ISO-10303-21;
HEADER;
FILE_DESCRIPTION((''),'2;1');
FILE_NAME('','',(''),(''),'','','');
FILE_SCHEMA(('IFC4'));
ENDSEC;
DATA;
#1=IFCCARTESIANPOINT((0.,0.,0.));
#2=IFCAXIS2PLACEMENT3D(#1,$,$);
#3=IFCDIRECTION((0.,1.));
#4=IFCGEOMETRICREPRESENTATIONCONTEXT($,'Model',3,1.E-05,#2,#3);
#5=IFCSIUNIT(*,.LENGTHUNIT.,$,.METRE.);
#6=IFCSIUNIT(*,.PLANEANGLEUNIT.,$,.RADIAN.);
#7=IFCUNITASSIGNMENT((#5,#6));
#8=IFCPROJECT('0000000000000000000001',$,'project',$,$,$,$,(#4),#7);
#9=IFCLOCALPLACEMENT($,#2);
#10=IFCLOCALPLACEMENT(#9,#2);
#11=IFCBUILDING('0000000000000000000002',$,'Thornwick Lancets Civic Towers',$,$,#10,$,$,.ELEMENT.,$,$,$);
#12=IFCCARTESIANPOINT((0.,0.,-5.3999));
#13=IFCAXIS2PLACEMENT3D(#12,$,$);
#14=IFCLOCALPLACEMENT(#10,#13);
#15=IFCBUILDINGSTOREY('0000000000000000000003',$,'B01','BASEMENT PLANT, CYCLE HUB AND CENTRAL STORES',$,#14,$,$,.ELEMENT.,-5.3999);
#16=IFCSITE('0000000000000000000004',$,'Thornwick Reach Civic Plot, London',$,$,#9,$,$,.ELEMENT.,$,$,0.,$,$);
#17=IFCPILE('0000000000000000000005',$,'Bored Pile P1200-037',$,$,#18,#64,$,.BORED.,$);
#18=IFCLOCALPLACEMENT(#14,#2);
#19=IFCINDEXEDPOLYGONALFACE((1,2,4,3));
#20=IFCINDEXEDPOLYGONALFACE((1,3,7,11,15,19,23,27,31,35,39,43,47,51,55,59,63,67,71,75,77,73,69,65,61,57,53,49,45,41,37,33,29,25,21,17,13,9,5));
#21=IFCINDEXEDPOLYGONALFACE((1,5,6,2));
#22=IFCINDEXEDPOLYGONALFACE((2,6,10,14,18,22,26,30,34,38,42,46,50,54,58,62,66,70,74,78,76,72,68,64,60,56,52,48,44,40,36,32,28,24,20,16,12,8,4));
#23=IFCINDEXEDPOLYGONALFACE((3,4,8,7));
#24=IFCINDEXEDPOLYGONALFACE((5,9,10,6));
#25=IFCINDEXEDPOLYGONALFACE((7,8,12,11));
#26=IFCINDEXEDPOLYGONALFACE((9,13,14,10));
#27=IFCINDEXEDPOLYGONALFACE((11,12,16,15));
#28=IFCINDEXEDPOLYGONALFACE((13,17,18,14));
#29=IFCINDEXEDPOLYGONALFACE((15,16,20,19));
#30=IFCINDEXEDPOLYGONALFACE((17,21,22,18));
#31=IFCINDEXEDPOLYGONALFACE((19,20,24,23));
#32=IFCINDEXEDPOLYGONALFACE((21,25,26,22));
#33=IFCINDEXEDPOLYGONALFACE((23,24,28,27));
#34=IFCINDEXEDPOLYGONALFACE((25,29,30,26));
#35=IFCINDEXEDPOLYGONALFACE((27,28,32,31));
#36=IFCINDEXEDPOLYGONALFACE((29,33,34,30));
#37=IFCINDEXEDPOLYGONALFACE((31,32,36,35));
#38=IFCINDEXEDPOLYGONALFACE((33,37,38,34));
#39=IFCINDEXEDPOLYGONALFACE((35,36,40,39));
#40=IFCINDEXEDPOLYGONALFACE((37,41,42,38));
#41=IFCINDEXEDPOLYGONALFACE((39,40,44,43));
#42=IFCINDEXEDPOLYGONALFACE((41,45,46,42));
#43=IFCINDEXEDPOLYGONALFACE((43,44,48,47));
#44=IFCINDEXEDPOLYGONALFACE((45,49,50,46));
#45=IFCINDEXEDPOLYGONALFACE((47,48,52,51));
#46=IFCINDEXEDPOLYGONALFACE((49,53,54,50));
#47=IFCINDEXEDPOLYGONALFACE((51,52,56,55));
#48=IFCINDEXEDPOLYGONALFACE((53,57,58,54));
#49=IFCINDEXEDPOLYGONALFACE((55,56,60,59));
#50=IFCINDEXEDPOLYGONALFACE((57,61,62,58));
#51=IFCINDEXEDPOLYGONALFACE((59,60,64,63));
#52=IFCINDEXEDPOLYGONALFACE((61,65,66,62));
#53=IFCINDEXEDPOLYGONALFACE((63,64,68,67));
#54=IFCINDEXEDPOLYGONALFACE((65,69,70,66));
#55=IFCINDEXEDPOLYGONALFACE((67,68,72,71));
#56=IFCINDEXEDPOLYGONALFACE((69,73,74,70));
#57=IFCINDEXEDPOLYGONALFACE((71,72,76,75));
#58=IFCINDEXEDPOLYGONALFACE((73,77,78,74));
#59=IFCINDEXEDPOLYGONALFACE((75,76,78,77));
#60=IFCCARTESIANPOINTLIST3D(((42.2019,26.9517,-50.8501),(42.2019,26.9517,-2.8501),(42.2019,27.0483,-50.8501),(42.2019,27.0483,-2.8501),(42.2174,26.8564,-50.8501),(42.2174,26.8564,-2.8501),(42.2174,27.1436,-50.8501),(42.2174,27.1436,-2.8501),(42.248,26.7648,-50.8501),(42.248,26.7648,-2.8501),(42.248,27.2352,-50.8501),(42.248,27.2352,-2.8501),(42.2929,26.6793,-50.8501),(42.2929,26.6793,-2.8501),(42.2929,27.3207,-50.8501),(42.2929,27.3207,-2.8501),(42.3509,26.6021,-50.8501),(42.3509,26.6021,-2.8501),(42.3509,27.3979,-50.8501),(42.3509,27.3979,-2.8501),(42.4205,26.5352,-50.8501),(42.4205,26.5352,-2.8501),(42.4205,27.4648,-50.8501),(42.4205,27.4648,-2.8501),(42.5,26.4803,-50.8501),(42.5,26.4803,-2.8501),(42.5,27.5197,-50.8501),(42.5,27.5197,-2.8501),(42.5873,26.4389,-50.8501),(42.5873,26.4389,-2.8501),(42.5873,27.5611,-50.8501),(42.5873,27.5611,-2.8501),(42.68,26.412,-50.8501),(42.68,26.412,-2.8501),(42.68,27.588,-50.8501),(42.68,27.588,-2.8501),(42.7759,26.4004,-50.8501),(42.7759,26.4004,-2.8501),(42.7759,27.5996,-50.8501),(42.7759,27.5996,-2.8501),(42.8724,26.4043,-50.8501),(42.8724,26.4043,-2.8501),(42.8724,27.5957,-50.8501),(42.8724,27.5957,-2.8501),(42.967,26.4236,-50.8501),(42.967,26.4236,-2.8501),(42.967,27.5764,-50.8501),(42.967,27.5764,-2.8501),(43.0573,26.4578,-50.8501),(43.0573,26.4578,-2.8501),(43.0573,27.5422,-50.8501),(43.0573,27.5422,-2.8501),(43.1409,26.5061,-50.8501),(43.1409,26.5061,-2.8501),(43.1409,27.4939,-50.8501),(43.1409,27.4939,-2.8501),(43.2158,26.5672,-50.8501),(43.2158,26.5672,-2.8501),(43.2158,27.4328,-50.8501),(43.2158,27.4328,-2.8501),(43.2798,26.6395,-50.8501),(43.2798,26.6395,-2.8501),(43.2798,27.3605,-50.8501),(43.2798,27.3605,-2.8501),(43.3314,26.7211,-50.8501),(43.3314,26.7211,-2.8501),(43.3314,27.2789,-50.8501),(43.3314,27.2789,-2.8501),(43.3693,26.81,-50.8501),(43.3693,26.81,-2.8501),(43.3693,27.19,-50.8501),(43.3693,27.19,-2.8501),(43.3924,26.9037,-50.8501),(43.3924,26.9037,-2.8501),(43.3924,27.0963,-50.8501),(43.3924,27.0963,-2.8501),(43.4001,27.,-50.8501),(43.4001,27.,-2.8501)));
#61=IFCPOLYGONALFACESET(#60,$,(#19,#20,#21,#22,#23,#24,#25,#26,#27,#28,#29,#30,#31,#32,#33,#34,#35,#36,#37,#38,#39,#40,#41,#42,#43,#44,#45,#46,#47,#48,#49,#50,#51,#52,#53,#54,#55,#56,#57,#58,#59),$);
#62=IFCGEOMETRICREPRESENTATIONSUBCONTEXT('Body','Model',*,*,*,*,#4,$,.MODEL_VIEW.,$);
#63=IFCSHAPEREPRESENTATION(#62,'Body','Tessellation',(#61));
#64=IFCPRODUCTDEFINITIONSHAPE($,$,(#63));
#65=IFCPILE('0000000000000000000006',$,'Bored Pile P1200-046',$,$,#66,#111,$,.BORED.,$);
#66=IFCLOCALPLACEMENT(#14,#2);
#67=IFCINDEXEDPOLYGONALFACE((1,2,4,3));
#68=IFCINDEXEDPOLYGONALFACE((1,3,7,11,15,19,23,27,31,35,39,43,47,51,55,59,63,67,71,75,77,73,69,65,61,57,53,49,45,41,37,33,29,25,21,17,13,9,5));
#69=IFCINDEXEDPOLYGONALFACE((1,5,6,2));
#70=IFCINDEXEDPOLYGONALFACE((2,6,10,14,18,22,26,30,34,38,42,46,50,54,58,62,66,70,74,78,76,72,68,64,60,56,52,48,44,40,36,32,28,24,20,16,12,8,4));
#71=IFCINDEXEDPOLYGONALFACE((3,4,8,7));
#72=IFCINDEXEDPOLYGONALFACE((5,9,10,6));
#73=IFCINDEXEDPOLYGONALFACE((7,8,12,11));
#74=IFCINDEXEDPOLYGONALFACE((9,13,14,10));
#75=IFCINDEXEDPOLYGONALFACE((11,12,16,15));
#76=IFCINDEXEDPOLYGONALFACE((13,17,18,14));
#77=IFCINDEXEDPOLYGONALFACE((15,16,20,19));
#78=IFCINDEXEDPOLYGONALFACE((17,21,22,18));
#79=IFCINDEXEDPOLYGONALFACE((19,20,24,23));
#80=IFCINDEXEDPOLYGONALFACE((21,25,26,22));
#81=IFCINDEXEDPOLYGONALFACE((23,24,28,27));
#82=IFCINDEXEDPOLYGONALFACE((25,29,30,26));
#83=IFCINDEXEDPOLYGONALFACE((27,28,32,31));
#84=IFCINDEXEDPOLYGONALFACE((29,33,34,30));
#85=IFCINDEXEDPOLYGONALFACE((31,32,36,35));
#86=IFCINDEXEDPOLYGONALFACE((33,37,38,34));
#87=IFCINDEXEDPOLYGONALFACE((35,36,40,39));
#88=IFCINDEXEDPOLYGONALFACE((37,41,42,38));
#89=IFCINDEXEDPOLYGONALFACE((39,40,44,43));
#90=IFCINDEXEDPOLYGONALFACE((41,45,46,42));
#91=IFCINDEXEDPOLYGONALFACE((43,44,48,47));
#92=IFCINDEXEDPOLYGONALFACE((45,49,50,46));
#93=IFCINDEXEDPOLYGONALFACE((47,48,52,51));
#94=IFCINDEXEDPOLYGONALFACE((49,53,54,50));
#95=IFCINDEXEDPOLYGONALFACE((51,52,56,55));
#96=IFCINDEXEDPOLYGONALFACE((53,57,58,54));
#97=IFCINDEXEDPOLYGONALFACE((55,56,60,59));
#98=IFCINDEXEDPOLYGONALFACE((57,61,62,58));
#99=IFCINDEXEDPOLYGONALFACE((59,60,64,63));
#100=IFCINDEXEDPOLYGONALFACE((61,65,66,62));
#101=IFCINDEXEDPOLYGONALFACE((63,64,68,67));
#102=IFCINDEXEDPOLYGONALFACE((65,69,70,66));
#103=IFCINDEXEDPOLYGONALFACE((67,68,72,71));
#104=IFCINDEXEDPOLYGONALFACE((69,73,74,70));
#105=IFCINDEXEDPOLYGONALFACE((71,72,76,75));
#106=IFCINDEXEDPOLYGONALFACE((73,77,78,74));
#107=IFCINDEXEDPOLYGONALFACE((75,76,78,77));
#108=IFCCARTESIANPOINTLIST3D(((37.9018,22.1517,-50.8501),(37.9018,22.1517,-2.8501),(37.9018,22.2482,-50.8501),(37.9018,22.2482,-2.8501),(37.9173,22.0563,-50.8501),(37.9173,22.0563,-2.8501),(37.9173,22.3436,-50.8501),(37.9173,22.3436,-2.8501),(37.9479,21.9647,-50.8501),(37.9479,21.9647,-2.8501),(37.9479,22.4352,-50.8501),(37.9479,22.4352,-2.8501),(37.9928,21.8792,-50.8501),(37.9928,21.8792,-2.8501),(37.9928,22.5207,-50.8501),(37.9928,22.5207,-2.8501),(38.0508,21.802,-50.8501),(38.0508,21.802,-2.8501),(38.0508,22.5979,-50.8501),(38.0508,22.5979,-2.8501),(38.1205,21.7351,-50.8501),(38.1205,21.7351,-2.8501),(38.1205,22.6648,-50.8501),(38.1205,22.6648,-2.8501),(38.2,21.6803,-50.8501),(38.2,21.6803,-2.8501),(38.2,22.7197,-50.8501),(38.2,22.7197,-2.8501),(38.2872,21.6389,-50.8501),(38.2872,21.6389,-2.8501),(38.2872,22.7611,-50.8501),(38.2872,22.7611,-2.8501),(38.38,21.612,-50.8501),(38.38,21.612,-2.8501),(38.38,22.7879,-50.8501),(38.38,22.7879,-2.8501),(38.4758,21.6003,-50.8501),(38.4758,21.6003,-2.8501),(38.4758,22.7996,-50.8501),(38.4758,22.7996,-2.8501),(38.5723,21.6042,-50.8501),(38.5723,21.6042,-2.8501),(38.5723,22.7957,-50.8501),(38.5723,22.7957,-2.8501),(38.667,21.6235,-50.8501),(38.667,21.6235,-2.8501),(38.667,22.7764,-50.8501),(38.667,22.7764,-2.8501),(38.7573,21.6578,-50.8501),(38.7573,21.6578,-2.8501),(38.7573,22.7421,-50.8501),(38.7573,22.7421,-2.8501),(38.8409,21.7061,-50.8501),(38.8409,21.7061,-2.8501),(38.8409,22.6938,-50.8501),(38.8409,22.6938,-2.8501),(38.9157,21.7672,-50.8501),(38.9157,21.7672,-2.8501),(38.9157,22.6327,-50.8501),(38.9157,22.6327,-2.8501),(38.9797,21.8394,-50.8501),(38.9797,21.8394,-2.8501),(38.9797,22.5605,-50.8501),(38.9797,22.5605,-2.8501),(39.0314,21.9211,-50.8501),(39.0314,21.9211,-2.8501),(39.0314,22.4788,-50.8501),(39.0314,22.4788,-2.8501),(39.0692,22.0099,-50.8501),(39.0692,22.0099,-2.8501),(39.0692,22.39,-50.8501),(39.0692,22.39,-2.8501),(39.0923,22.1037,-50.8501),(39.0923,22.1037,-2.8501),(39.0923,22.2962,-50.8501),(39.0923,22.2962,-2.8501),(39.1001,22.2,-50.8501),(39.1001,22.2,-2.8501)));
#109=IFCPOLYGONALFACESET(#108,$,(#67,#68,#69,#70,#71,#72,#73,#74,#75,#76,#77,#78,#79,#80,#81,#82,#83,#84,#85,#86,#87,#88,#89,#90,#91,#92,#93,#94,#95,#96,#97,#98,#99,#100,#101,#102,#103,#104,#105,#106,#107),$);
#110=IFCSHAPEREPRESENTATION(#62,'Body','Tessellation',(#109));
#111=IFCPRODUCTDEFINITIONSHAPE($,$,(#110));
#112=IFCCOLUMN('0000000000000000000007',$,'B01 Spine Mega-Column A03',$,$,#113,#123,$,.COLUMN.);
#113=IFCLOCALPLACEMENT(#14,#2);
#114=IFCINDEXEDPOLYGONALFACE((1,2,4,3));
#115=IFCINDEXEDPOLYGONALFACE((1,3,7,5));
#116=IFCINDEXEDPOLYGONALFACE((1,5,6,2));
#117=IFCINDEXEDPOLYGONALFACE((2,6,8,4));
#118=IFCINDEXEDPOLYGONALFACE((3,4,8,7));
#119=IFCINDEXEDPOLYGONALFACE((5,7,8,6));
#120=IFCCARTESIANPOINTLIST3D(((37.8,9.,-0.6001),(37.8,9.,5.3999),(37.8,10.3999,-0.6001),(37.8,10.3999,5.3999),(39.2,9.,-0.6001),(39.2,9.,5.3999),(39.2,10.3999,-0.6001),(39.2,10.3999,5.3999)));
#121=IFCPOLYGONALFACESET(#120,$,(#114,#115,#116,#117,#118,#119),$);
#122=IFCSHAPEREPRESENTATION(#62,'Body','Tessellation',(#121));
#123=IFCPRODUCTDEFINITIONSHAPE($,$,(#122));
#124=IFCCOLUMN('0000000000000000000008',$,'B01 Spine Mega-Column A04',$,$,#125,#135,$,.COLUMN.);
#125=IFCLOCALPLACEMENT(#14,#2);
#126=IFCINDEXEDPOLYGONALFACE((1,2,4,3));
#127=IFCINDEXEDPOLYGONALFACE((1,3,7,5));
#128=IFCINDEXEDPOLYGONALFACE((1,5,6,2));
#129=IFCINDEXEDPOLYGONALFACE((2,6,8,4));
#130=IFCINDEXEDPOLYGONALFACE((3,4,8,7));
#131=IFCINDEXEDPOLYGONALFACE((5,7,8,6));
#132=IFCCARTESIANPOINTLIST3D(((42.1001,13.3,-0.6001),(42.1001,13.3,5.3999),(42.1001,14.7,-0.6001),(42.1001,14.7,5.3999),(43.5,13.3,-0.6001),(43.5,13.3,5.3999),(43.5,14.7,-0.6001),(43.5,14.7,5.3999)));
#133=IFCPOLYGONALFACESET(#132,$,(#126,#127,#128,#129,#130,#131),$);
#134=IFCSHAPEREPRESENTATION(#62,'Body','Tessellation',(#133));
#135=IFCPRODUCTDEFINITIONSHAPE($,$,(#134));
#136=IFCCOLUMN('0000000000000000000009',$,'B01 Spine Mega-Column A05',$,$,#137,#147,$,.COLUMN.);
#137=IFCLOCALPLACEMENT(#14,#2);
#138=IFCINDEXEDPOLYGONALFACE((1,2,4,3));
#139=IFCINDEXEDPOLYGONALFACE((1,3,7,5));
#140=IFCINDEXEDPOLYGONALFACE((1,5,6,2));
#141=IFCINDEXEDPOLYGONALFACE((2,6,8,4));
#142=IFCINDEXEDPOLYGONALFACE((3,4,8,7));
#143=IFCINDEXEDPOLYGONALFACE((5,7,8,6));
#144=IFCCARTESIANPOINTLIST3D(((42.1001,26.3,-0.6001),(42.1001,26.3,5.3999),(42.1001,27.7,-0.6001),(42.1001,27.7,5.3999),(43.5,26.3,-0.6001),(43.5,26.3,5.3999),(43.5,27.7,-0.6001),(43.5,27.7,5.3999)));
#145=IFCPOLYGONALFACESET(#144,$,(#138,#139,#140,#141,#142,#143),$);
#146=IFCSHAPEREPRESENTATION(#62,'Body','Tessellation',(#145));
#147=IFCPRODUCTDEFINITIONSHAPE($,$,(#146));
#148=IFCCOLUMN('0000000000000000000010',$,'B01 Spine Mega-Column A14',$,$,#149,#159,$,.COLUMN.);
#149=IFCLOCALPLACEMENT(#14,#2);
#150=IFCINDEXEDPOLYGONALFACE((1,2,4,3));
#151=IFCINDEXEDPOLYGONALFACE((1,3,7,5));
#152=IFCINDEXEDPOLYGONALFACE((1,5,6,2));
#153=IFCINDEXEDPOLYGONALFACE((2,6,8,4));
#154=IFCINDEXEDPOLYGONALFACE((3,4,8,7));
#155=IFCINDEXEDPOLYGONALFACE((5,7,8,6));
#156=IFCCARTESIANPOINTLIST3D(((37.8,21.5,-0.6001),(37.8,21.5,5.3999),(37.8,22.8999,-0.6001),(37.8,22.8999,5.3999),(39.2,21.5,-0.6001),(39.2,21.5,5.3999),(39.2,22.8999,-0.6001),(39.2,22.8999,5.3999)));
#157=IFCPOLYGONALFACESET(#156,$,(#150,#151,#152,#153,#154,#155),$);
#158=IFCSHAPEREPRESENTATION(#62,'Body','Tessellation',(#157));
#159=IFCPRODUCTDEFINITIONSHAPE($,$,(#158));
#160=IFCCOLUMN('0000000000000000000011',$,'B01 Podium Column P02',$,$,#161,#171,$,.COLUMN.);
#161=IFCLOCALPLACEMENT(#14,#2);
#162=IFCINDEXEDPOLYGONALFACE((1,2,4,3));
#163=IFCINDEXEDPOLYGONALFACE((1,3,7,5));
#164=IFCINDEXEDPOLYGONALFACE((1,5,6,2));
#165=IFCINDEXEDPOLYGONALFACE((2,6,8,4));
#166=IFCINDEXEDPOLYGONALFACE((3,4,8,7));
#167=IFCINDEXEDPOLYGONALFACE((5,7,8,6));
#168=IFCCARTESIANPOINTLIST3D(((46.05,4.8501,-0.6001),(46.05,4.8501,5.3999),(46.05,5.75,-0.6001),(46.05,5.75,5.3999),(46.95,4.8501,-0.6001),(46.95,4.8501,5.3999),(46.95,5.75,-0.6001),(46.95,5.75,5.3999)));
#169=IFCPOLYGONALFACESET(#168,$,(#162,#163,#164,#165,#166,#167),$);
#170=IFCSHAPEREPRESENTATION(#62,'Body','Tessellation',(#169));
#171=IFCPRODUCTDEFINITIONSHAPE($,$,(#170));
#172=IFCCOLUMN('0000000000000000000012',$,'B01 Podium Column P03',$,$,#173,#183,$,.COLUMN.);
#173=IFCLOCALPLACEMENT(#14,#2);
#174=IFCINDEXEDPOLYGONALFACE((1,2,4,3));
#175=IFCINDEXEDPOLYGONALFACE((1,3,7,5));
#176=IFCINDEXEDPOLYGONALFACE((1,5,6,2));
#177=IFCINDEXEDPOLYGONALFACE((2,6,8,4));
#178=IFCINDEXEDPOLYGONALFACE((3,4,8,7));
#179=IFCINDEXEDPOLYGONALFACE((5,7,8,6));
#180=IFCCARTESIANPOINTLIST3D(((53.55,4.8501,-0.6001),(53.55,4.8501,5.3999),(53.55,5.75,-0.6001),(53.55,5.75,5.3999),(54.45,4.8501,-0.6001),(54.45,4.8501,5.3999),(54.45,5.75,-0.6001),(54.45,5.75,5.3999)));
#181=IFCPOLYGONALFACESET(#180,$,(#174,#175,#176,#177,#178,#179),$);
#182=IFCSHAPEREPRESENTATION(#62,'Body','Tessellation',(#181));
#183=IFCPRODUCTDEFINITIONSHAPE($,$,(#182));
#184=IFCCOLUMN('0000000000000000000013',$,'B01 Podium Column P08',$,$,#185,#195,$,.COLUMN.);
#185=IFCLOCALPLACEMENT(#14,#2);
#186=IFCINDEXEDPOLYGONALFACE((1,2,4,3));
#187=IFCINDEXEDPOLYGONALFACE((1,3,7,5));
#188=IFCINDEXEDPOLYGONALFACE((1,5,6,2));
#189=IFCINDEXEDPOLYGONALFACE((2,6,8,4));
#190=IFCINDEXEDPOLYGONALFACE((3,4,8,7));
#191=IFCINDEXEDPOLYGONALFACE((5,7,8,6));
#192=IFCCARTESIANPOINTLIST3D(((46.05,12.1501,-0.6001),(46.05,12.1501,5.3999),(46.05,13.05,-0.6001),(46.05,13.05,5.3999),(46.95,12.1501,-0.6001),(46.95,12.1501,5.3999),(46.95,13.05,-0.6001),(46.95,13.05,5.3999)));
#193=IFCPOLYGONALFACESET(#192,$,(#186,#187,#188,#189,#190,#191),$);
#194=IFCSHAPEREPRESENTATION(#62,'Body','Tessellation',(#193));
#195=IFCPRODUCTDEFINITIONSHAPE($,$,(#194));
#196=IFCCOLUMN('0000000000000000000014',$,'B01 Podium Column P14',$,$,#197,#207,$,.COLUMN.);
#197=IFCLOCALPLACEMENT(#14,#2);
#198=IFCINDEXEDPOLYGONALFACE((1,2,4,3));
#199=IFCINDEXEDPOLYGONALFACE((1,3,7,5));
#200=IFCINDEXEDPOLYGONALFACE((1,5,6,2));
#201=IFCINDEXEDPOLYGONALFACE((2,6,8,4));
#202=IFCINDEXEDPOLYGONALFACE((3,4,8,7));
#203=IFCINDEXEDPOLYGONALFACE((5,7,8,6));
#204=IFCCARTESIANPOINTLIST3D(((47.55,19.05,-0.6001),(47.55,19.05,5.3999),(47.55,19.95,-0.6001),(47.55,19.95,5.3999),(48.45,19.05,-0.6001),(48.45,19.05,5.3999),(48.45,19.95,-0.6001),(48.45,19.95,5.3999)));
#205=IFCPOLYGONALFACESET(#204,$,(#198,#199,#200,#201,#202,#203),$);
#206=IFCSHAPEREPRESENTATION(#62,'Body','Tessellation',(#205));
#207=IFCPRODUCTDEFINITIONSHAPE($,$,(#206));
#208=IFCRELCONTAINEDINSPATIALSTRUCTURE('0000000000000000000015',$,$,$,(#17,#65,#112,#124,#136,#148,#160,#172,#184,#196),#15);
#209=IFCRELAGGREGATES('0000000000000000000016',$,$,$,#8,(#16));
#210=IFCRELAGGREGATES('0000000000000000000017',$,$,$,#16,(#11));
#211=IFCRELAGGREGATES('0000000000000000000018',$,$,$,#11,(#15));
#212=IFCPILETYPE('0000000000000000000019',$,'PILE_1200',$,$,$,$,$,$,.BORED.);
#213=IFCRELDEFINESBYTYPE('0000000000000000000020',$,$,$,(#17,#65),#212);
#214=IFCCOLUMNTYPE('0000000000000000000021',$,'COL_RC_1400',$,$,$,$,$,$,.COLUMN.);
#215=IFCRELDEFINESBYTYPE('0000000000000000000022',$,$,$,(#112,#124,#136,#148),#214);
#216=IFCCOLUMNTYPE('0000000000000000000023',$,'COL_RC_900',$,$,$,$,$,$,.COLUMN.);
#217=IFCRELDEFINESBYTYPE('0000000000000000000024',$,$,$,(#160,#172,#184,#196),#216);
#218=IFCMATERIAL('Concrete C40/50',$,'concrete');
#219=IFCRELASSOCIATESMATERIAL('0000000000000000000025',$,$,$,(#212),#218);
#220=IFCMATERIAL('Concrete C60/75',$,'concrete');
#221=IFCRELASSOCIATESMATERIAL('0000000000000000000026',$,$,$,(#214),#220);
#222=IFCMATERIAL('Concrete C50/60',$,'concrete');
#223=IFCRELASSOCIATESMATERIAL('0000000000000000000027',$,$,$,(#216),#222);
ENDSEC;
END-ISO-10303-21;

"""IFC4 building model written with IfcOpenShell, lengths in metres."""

from ifc_helpers import new_model, si_unit, direction, frame, origin, origin_2d, place, context, subcontext, project, spatial, rectangle, circle, extrude, material, material_profile, profile_set, type_object, element, save


model = new_model("IFC4")

# Units and contexts
model_context = context("Model", 3, precision=1e-05, world=origin(), true_north=direction((0.0, 1.0)))
body_context = subcontext(model_context, "Body", "Model", "MODEL_VIEW")
ifc_project = project(units=[si_unit("LENGTHUNIT", "METRE"), si_unit("PLANEANGLEUNIT", "RADIAN")], contexts=[model_context])

# Site, building, storey
site_placement = place(None, origin())
site = spatial("IfcSite", under=ifc_project, at=site_placement, Name="Thornwick Reach Civic Plot, London", CompositionType="ELEMENT", RefElevation=0.0)
building_placement = place(site_placement, origin())
building = spatial("IfcBuilding", under=site, at=building_placement, Name="Thornwick Lancets Civic Towers", CompositionType="ELEMENT")
storey_placement = place(building_placement, frame((0.0, 0.0, -5.3999)))
storey = spatial("IfcBuildingStorey", under=building, at=storey_placement, Name="B01", Description="BASEMENT PLANT, CYCLE HUB AND CENTRAL STORES", CompositionType="ELEMENT", Elevation=-5.3999)

# Shared definitions
ifc_material_1 = material(Name="Concrete C40/50", Category="concrete")

# Piles
ifc_material_profile_1 = material_profile(ifc_material_1, circle(Radius=0.6001, at=origin_2d()), Name="PILE D1200")
ifc_profile_set_1 = profile_set([ifc_material_profile_1], Name="Concrete C40/50")
pile_type_1 = type_object("IfcPileType", Name="PILE_1200", PredefinedType="BORED", material=ifc_profile_set_1)
for number, where, z_axis, x_axis, name in (
    (1, (42.8, 27.0, -2.8501), (0.0, 0.0, -1.0), (1.0, 0.0, 0.0), "Bored Pile P1200-037"),
    (2, (38.5, 22.2, -2.8501), (0.0, 0.0, -1.0), (1.0, 0.0, 0.0), "Bored Pile P1200-046"),
):
    element("IfcPile", number, at=place(storey_placement, frame(where, z_axis=z_axis, x_axis=x_axis)), inside=storey, type_object=pile_type_1, Name=name, PredefinedType="BORED", context=body_context, shape_type="SweptSolid", body=[
        extrude(circle(Radius=0.6001, at=origin_2d()), origin(), (0.0, 0.0, 1.0), 48.0),
    ])

# Columns
ifc_material_2 = material(Name="Concrete C60/75", Category="concrete")
ifc_material_profile_2 = material_profile(ifc_material_2, rectangle(XDim=1.3999, YDim=1.3999, at=origin_2d()), Name="RC 1400x1400")
ifc_profile_set_2 = profile_set([ifc_material_profile_2], Name="Concrete C60/75")
column_type_1 = type_object("IfcColumnType", Name="COL_RC_1400", PredefinedType="COLUMN", material=ifc_profile_set_2)
for number, where, z_axis, x_axis, name in (
    (3, (38.5, 9.7, -0.6001), (0.0, 0.0, 1.0), (1.0, 0.0, 0.0), "B01 Spine Mega-Column A03"),
    (4, (42.8, 14.0, -0.6001), (0.0, 0.0, 1.0), (1.0, 0.0, 0.0), "B01 Spine Mega-Column A04"),
    (5, (42.8, 27.0, -0.6001), (0.0, 0.0, 1.0), (1.0, 0.0, 0.0), "B01 Spine Mega-Column A05"),
    (6, (38.5, 22.2, -0.6001), (0.0, 0.0, 1.0), (1.0, 0.0, 0.0), "B01 Spine Mega-Column A14"),
):
    element("IfcColumn", number, at=place(storey_placement, frame(where, z_axis=z_axis, x_axis=x_axis)), inside=storey, type_object=column_type_1, Name=name, PredefinedType="COLUMN", context=body_context, shape_type="SweptSolid", body=[
        extrude(rectangle(XDim=1.3999, YDim=1.3999, at=origin_2d()), origin(), (0.0, 0.0, 1.0), 6.0),
    ])
ifc_material_3 = material(Name="Concrete C50/60", Category="concrete")
ifc_material_profile_3 = material_profile(ifc_material_3, rectangle(XDim=0.8999, YDim=0.8999, at=origin_2d()), Name="RC 900x900")
ifc_profile_set_3 = profile_set([ifc_material_profile_3], Name="Concrete C50/60")
column_type_2 = type_object("IfcColumnType", Name="COL_RC_900", PredefinedType="COLUMN", material=ifc_profile_set_3)
for number, where, z_axis, x_axis, name in (
    (7, (46.5, 5.3, -0.6001), (0.0, 0.0, 1.0), (1.0, 0.0, 0.0), "B01 Podium Column P02"),
    (8, (54.0, 5.3, -0.6001), (0.0, 0.0, 1.0), (1.0, 0.0, 0.0), "B01 Podium Column P03"),
    (9, (46.5, 12.6001, -0.6001), (0.0, 0.0, 1.0), (1.0, 0.0, 0.0), "B01 Podium Column P08"),
    (10, (48.0, 19.5, -0.6001), (0.0, 0.0, 1.0), (1.0, 0.0, 0.0), "B01 Podium Column P14"),
):
    element("IfcColumn", number, at=place(storey_placement, frame(where, z_axis=z_axis, x_axis=x_axis)), inside=storey, type_object=column_type_2, Name=name, PredefinedType="COLUMN", context=body_context, shape_type="SweptSolid", body=[
        extrude(rectangle(XDim=0.8999, YDim=0.8999, at=origin_2d()), origin(), (0.0, 0.0, 1.0), 6.0),
    ])

save(model, "model.ifc")
